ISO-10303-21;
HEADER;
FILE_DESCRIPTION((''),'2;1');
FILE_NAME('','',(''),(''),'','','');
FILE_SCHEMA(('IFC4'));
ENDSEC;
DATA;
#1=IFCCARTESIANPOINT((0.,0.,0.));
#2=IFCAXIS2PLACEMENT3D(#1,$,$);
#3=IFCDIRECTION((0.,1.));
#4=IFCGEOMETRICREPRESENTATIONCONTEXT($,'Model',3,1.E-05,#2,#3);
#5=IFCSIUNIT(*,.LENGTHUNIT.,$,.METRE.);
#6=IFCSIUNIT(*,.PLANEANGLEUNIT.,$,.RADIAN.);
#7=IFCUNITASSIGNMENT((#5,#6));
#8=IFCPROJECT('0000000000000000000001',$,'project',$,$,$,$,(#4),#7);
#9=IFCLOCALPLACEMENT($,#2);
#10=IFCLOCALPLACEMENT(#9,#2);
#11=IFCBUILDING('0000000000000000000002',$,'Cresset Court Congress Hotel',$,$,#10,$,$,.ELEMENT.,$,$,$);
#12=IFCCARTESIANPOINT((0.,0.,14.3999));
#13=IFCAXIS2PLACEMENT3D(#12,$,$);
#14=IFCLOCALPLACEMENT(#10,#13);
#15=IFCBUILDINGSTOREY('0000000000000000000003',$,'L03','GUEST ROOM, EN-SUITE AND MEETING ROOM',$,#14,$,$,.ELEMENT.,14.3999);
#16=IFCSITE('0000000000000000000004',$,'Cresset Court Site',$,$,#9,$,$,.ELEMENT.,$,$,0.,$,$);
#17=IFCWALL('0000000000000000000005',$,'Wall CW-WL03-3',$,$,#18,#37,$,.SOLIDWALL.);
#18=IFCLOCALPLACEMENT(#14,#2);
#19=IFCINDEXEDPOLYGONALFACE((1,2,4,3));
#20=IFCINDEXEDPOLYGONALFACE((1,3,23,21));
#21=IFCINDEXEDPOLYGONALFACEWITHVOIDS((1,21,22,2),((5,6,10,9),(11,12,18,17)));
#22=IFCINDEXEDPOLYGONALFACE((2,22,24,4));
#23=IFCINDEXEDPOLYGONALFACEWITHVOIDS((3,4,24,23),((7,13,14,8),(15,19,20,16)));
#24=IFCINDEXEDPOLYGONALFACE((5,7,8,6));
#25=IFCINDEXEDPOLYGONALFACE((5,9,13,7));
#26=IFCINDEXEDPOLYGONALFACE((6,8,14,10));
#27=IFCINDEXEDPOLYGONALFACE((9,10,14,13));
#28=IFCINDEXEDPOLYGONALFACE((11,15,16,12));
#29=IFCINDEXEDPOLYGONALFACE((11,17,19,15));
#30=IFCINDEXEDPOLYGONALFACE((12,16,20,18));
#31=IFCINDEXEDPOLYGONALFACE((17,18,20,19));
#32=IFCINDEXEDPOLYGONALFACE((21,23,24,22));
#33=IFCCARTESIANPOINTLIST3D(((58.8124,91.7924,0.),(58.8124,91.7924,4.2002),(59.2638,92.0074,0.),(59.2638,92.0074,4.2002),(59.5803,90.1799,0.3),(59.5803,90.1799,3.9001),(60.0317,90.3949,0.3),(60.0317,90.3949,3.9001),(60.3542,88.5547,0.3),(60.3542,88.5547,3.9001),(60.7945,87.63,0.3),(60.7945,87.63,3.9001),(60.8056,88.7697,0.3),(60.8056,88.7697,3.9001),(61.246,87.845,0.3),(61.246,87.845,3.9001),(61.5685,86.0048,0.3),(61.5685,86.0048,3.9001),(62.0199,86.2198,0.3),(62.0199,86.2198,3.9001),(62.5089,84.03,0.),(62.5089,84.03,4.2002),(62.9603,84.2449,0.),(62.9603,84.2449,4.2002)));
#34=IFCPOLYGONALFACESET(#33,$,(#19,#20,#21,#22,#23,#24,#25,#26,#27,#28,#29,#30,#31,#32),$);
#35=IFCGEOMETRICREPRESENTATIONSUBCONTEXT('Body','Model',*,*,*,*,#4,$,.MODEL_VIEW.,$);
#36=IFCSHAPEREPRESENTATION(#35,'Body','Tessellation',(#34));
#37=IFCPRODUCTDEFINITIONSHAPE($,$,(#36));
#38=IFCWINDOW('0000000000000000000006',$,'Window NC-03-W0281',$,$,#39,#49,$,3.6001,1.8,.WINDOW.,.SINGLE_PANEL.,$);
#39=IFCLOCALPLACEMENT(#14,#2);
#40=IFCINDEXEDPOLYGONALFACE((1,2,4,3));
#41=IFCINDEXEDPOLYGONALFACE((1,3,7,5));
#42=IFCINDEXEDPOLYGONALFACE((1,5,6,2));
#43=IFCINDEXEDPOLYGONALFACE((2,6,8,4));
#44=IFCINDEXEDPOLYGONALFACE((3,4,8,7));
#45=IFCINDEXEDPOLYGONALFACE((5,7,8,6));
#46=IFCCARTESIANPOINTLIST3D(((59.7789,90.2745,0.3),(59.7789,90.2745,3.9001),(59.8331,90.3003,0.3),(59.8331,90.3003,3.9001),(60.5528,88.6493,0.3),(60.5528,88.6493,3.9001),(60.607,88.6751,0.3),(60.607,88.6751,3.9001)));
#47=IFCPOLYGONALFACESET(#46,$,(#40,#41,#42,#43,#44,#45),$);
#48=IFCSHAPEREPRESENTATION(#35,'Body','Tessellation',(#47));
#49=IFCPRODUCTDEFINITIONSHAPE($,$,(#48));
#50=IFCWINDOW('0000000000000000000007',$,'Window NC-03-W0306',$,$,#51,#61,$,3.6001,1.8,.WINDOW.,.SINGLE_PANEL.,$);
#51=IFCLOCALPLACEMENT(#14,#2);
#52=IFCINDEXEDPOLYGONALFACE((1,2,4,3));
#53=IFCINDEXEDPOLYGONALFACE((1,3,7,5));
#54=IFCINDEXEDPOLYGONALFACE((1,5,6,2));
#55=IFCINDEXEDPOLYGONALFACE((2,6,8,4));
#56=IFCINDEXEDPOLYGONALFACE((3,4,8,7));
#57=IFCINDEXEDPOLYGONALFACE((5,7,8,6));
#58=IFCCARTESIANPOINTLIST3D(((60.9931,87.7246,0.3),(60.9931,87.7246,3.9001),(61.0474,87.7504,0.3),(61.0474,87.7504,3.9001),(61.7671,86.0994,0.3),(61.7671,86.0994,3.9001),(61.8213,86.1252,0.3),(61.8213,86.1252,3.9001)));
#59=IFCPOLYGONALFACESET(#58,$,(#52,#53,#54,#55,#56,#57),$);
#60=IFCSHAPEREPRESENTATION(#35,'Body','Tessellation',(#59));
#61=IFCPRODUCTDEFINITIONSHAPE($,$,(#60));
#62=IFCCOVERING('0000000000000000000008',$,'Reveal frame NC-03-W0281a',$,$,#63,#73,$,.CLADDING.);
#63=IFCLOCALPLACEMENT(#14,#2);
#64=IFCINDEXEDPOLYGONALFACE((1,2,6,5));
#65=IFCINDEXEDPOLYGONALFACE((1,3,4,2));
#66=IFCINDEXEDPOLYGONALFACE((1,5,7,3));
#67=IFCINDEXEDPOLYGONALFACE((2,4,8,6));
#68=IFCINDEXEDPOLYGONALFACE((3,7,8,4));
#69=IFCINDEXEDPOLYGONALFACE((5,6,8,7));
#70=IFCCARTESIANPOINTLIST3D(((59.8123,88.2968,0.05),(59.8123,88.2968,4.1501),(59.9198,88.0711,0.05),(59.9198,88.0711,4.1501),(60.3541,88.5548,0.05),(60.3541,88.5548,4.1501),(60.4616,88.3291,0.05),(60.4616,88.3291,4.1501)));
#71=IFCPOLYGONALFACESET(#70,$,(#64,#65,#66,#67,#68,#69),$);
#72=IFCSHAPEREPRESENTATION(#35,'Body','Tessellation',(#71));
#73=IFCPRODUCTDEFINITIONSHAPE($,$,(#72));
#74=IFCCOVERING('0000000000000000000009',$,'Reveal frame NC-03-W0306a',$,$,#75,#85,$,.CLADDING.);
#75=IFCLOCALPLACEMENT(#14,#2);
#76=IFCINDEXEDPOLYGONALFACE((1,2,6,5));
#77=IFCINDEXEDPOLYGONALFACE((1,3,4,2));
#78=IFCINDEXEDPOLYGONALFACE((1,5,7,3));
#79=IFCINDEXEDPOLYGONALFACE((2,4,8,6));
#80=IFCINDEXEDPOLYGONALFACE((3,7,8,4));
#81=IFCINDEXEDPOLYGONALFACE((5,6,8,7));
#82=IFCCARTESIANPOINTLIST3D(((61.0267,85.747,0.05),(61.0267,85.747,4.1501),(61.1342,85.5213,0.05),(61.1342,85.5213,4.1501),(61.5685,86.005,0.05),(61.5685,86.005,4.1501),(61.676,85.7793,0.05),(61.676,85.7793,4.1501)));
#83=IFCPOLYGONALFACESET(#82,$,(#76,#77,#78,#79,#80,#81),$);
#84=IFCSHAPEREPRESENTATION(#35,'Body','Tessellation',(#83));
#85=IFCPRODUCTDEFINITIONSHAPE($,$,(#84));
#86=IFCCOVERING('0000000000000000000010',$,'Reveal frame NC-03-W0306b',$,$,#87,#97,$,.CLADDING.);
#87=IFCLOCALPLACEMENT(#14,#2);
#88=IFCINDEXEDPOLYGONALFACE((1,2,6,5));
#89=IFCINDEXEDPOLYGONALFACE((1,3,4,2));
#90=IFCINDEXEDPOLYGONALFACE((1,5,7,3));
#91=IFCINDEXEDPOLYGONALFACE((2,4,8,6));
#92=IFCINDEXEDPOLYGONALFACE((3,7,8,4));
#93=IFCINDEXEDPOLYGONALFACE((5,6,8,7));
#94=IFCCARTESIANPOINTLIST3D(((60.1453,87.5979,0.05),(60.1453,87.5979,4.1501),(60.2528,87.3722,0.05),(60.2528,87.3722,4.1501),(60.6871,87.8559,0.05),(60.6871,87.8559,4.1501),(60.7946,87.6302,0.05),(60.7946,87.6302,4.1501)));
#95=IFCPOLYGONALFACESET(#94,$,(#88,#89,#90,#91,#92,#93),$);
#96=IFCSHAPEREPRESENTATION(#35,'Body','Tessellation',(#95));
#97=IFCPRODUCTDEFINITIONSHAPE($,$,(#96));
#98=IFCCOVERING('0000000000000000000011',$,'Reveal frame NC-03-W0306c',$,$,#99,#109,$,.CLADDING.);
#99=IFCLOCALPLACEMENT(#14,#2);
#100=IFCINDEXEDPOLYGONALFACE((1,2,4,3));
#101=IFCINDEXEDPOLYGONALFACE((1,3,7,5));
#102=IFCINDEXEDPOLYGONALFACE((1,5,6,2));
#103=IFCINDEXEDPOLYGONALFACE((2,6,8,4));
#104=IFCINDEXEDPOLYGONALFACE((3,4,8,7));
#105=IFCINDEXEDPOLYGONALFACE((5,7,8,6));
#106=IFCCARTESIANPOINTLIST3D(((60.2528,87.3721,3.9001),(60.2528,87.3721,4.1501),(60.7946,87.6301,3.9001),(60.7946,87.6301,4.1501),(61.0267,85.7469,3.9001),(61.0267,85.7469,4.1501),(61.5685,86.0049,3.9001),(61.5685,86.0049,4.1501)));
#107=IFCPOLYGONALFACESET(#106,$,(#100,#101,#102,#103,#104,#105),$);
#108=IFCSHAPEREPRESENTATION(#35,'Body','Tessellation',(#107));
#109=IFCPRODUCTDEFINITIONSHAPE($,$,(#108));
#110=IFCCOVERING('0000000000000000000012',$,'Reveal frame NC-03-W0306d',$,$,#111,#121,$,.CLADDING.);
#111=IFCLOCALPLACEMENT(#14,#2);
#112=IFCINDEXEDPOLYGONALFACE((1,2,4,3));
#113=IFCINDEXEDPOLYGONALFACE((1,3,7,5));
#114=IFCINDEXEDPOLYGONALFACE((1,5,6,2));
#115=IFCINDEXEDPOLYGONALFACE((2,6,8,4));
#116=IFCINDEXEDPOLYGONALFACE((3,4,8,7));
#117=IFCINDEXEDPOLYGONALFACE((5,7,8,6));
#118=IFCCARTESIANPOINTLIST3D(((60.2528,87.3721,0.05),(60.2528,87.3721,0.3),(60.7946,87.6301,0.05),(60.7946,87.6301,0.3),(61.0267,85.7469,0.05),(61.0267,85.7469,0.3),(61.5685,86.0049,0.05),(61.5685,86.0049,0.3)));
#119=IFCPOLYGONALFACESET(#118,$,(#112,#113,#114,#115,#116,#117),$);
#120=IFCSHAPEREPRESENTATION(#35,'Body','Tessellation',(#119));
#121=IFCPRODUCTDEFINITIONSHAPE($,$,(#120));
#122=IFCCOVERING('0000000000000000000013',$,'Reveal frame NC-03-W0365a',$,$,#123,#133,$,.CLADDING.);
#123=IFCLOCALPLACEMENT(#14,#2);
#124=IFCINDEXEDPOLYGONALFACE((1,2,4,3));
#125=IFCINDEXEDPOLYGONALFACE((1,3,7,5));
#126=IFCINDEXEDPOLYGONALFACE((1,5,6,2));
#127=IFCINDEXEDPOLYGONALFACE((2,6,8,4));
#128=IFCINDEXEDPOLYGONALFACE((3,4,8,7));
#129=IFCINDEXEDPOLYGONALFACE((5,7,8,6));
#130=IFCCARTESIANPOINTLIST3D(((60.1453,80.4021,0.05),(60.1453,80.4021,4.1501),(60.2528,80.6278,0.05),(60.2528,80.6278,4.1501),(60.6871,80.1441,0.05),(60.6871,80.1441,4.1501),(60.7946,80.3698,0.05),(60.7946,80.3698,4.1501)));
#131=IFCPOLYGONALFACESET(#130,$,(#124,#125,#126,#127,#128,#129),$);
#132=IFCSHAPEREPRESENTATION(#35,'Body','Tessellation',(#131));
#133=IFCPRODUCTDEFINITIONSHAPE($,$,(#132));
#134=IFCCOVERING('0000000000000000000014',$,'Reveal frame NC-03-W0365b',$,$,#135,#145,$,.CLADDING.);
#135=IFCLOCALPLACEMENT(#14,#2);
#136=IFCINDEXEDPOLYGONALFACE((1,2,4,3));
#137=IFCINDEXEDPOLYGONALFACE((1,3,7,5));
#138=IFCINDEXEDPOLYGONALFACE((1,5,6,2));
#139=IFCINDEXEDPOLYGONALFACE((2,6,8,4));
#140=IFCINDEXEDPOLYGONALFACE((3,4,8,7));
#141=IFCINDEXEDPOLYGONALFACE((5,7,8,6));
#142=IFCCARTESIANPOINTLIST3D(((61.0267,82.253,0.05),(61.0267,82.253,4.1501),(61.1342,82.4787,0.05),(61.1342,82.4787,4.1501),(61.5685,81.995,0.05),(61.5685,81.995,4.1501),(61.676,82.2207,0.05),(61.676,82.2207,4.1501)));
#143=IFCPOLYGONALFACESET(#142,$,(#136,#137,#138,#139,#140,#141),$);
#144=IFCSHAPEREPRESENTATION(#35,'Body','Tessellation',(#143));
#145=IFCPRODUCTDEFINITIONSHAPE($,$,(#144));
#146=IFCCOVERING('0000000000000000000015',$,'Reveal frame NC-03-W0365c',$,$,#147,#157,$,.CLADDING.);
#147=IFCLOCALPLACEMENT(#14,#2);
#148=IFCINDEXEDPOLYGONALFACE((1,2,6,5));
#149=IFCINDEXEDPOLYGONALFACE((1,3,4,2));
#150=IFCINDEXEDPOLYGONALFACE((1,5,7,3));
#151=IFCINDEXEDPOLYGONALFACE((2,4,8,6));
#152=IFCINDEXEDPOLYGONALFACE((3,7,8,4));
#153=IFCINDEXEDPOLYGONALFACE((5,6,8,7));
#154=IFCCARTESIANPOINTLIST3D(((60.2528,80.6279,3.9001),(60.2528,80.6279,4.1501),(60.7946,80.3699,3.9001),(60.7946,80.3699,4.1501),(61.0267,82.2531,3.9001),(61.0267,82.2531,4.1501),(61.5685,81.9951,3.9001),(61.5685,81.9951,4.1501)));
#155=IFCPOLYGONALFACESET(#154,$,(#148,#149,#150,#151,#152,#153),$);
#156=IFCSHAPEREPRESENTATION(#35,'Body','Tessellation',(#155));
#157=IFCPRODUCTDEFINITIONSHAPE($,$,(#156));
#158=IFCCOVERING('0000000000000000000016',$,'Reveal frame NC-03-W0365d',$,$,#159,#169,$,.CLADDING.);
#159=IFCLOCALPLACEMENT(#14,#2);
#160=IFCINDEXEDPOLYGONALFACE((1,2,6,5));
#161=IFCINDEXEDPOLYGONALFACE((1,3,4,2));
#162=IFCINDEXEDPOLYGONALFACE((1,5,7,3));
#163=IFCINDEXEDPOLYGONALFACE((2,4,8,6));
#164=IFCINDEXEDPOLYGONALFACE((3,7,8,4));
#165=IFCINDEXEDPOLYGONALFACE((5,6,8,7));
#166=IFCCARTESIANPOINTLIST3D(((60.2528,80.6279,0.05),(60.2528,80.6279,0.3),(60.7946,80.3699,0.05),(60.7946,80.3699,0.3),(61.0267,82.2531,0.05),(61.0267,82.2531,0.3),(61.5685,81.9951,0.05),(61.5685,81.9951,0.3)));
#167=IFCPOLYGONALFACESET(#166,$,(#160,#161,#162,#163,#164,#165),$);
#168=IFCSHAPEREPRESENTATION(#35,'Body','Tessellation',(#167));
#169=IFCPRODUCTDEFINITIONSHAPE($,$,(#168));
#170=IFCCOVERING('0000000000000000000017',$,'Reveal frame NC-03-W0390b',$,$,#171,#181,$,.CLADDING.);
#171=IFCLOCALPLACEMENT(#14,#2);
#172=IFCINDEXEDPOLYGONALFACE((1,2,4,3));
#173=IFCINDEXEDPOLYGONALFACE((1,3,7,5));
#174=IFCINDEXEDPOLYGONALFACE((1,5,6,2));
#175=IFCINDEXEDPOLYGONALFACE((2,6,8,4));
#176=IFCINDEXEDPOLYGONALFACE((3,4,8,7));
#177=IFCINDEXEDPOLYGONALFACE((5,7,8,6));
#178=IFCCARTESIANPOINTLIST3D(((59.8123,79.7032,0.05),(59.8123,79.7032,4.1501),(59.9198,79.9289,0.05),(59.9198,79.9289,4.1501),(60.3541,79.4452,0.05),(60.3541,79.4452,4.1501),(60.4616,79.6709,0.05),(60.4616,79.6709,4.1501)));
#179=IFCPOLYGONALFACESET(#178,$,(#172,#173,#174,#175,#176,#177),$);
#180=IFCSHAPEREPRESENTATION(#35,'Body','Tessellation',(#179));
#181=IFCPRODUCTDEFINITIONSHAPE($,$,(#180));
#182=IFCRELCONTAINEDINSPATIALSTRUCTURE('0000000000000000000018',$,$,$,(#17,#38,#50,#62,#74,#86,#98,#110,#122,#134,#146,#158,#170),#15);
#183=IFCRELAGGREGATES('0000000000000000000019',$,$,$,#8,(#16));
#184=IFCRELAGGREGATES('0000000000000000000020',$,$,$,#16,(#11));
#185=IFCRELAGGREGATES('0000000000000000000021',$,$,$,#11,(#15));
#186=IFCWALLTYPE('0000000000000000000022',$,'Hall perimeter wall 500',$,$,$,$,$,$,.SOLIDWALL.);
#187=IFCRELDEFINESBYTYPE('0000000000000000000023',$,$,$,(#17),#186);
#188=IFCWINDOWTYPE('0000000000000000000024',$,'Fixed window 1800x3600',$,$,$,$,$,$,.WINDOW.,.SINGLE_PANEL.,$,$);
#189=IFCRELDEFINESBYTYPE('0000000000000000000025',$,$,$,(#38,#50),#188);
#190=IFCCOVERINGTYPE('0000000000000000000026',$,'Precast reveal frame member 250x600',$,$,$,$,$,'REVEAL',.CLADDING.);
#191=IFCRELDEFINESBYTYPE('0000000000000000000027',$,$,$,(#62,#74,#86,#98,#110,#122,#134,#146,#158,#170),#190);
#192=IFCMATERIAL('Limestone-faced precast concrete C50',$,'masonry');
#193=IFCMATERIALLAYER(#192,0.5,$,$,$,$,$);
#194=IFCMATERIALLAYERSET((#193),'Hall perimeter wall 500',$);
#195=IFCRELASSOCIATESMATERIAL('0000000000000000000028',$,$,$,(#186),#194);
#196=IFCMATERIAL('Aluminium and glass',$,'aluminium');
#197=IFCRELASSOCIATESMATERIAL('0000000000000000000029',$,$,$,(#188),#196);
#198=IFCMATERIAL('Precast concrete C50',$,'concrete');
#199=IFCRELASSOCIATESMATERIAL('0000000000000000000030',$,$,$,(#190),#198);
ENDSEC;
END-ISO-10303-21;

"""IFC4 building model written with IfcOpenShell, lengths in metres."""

from ifc_helpers import new_model, si_unit, direction, frame, frame_2d, origin, origin_2d, place, context, subcontext, project, spatial, rectangle, extrude, material, layer, layer_set, type_object, element, fill, save


model = new_model("IFC4")

# Units and contexts
model_context = context("Model", 3, precision=1e-05, world=origin(), true_north=direction((0.0, 1.0)))
body_context = subcontext(model_context, "Body", "Model", "MODEL_VIEW")
ifc_project = project(units=[si_unit("LENGTHUNIT", "METRE"), si_unit("PLANEANGLEUNIT", "RADIAN")], contexts=[model_context])

# Site, building, storey
site_placement = place(None, origin())
site = spatial("IfcSite", under=ifc_project, at=site_placement, Name="Cresset Court Site", CompositionType="ELEMENT", RefElevation=0.0)
building_placement = place(site_placement, origin())
building = spatial("IfcBuilding", under=site, at=building_placement, Name="Cresset Court Congress Hotel", CompositionType="ELEMENT")
storey_placement = place(building_placement, frame((0.0, 0.0, 14.3999)))
storey = spatial("IfcBuildingStorey", under=building, at=storey_placement, Name="L03", Description="GUEST ROOM, EN-SUITE AND MEETING ROOM", CompositionType="ELEMENT", Elevation=14.3999)

# Wall, openings, windows
ifc_material_1 = material(Name="Limestone-faced precast concrete C50", Category="masonry")
ifc_layer = layer(ifc_material_1, 0.5)
ifc_layer_set = layer_set([ifc_layer], Name="Hall perimeter wall 500")
wall_type = type_object("IfcWallType", Name="Hall perimeter wall 500", PredefinedType="SOLIDWALL", material=ifc_layer_set)
wall_placement = place(storey_placement, frame((62.7346, 84.1375, 0.0), z_axis=(0.0, 0.0, 1.0), x_axis=(-0.429946, 0.902855, 0.0)))
wall = element("IfcWall", 1, at=wall_placement, inside=storey, type_object=wall_type, Name="Wall CW-WL03-3", PredefinedType="SOLIDWALL", context=body_context, shape_type="SweptSolid", body=[
    extrude(rectangle(XDim=8.5977, YDim=0.5, at=frame_2d((4.2988, 0.0))), origin(), (0.0, 0.0, 1.0), 4.2002),
])
opening_1_placement = place(wall_placement, frame((5.0117, 0.0, 0.3)))
opening_1 = element("IfcOpeningElement", 2, at=opening_1_placement, cuts=wall, PredefinedType="OPENING", context=body_context, shape_type="SweptSolid", body=[
    extrude(rectangle(XDim=1.8, YDim=3.6001, at=frame_2d((0.8999, 1.8))), frame((0.0, 0.26, 0.0), z_axis=(0.0, -1.0, 0.0), x_axis=(1.0, 0.0, 0.0)), (0.0, 0.0, 1.0), 0.52),
])
opening_2_placement = place(wall_placement, frame((2.1875, 0.0, 0.3)))
opening_2 = element("IfcOpeningElement", 3, at=opening_2_placement, cuts=wall, PredefinedType="OPENING", context=body_context, shape_type="SweptSolid", body=[
    extrude(rectangle(XDim=1.8, YDim=3.6001, at=frame_2d((0.8999, 1.8))), frame((0.0, 0.26, 0.0), z_axis=(0.0, -1.0, 0.0), x_axis=(1.0, 0.0, 0.0)), (0.0, 0.0, 1.0), 0.52),
])
ifc_material_2 = material(Name="Aluminium and glass", Category="aluminium")
window_type = type_object("IfcWindowType", Name="Fixed window 1800x3600", PartitioningType="SINGLE_PANEL", PredefinedType="WINDOW", material=ifc_material_2)
window_1_placement = place(opening_1_placement, origin())
window_1 = element("IfcWindow", 4, at=window_1_placement, inside=storey, type_object=window_type, Name="Window NC-03-W0281", OverallHeight=3.6001, OverallWidth=1.8, PartitioningType="SINGLE_PANEL", PredefinedType="WINDOW", context=body_context, shape_type="SweptSolid", body=[
    extrude(rectangle(XDim=1.8, YDim=3.6001, at=frame_2d((0.8999, 1.8))), frame((0.0, 0.03, 0.0), z_axis=(0.0, -1.0, 0.0), x_axis=(1.0, 0.0, 0.0)), (0.0, 0.0, 1.0), 0.0601),
])
fill(opening_1, window_1)
window_2_placement = place(opening_2_placement, origin())
window_2 = element("IfcWindow", 5, at=window_2_placement, inside=storey, type_object=window_type, Name="Window NC-03-W0306", OverallHeight=3.6001, OverallWidth=1.8, PartitioningType="SINGLE_PANEL", PredefinedType="WINDOW", context=body_context, shape_type="SweptSolid", body=[
    extrude(rectangle(XDim=1.8, YDim=3.6001, at=frame_2d((0.8999, 1.8))), frame((0.0, 0.03, 0.0), z_axis=(0.0, -1.0, 0.0), x_axis=(1.0, 0.0, 0.0)), (0.0, 0.0, 1.0), 0.0601),
])
fill(opening_2, window_2)

# Coverings
ifc_material_3 = material(Name="Precast concrete C50", Category="concrete")
covering_type = type_object("IfcCoveringType", Name="Precast reveal frame member 250x600", ElementType="REVEAL", PredefinedType="CLADDING", material=ifc_material_3)
for number, where, z_axis, x_axis, name in (
    (6, (60.137, 88.313, 0.05), (0.0, 0.0, 1.0), (-0.429933, 0.902861, 0.0), "Reveal frame NC-03-W0281a"),
    (7, (61.3513, 85.7632, 0.05), (0.0, 0.0, 1.0), (-0.429933, 0.902861, 0.0), "Reveal frame NC-03-W0306a"),
    (8, (60.47, 87.614, 0.05), (0.0, 0.0, 1.0), (-0.429933, 0.902861, 0.0), "Reveal frame NC-03-W0306b"),
):
    element("IfcCovering", number, at=place(storey_placement, frame(where, z_axis=z_axis, x_axis=x_axis)), inside=storey, type_object=covering_type, Name=name, PredefinedType="CLADDING", context=body_context, shape_type="SweptSolid", body=[
        extrude(rectangle(XDim=0.25, YDim=0.6001, at=origin_2d()), origin(), (0.0, 0.0, 1.0), 4.1001),
    ])
for number, where, z_axis, x_axis, name in (
    (9, (60.9106, 86.6885, 3.9001), (0.0, 0.0, 1.0), (-0.429933, 0.902861, 0.0), "Reveal frame NC-03-W0306c"),
    (10, (60.9106, 86.6885, 0.05), (0.0, 0.0, 1.0), (-0.429933, 0.902861, 0.0), "Reveal frame NC-03-W0306d"),
):
    element("IfcCovering", number, at=place(storey_placement, frame(where, z_axis=z_axis, x_axis=x_axis)), inside=storey, type_object=covering_type, Name=name, PredefinedType="CLADDING", context=body_context, shape_type="SweptSolid", body=[
        extrude(rectangle(XDim=1.8, YDim=0.6001, at=origin_2d()), origin(), (0.0, 0.0, 1.0), 0.25),
    ])
for number, where, z_axis, x_axis, name in (
    (11, (60.47, 80.386, 0.05), (0.0, 0.0, 1.0), (0.429933, 0.902861, 0.0), "Reveal frame NC-03-W0365a"),
    (12, (61.3513, 82.2368, 0.05), (0.0, 0.0, 1.0), (0.429933, 0.902861, 0.0), "Reveal frame NC-03-W0365b"),
):
    element("IfcCovering", number, at=place(storey_placement, frame(where, z_axis=z_axis, x_axis=x_axis)), inside=storey, type_object=covering_type, Name=name, PredefinedType="CLADDING", context=body_context, shape_type="SweptSolid", body=[
        extrude(rectangle(XDim=0.25, YDim=0.6001, at=origin_2d()), origin(), (0.0, 0.0, 1.0), 4.1001),
    ])
for number, where, z_axis, x_axis, name in (
    (13, (60.9106, 81.3115, 3.9001), (0.0, 0.0, 1.0), (0.429933, 0.902861, 0.0), "Reveal frame NC-03-W0365c"),
    (14, (60.9106, 81.3115, 0.05), (0.0, 0.0, 1.0), (0.429933, 0.902861, 0.0), "Reveal frame NC-03-W0365d"),
):
    element("IfcCovering", number, at=place(storey_placement, frame(where, z_axis=z_axis, x_axis=x_axis)), inside=storey, type_object=covering_type, Name=name, PredefinedType="CLADDING", context=body_context, shape_type="SweptSolid", body=[
        extrude(rectangle(XDim=1.8, YDim=0.6001, at=origin_2d()), origin(), (0.0, 0.0, 1.0), 0.25),
    ])
covering_placement = place(storey_placement, frame((60.137, 79.687, 0.05), z_axis=(0.0, 0.0, 1.0), x_axis=(0.429933, 0.902861, 0.0)))
element("IfcCovering", 15, at=covering_placement, inside=storey, type_object=covering_type, Name="Reveal frame NC-03-W0390b", PredefinedType="CLADDING", context=body_context, shape_type="SweptSolid", body=[
    extrude(rectangle(XDim=0.25, YDim=0.6001, at=origin_2d()), origin(), (0.0, 0.0, 1.0), 4.1001),
])

save(model, "model.ifc")
